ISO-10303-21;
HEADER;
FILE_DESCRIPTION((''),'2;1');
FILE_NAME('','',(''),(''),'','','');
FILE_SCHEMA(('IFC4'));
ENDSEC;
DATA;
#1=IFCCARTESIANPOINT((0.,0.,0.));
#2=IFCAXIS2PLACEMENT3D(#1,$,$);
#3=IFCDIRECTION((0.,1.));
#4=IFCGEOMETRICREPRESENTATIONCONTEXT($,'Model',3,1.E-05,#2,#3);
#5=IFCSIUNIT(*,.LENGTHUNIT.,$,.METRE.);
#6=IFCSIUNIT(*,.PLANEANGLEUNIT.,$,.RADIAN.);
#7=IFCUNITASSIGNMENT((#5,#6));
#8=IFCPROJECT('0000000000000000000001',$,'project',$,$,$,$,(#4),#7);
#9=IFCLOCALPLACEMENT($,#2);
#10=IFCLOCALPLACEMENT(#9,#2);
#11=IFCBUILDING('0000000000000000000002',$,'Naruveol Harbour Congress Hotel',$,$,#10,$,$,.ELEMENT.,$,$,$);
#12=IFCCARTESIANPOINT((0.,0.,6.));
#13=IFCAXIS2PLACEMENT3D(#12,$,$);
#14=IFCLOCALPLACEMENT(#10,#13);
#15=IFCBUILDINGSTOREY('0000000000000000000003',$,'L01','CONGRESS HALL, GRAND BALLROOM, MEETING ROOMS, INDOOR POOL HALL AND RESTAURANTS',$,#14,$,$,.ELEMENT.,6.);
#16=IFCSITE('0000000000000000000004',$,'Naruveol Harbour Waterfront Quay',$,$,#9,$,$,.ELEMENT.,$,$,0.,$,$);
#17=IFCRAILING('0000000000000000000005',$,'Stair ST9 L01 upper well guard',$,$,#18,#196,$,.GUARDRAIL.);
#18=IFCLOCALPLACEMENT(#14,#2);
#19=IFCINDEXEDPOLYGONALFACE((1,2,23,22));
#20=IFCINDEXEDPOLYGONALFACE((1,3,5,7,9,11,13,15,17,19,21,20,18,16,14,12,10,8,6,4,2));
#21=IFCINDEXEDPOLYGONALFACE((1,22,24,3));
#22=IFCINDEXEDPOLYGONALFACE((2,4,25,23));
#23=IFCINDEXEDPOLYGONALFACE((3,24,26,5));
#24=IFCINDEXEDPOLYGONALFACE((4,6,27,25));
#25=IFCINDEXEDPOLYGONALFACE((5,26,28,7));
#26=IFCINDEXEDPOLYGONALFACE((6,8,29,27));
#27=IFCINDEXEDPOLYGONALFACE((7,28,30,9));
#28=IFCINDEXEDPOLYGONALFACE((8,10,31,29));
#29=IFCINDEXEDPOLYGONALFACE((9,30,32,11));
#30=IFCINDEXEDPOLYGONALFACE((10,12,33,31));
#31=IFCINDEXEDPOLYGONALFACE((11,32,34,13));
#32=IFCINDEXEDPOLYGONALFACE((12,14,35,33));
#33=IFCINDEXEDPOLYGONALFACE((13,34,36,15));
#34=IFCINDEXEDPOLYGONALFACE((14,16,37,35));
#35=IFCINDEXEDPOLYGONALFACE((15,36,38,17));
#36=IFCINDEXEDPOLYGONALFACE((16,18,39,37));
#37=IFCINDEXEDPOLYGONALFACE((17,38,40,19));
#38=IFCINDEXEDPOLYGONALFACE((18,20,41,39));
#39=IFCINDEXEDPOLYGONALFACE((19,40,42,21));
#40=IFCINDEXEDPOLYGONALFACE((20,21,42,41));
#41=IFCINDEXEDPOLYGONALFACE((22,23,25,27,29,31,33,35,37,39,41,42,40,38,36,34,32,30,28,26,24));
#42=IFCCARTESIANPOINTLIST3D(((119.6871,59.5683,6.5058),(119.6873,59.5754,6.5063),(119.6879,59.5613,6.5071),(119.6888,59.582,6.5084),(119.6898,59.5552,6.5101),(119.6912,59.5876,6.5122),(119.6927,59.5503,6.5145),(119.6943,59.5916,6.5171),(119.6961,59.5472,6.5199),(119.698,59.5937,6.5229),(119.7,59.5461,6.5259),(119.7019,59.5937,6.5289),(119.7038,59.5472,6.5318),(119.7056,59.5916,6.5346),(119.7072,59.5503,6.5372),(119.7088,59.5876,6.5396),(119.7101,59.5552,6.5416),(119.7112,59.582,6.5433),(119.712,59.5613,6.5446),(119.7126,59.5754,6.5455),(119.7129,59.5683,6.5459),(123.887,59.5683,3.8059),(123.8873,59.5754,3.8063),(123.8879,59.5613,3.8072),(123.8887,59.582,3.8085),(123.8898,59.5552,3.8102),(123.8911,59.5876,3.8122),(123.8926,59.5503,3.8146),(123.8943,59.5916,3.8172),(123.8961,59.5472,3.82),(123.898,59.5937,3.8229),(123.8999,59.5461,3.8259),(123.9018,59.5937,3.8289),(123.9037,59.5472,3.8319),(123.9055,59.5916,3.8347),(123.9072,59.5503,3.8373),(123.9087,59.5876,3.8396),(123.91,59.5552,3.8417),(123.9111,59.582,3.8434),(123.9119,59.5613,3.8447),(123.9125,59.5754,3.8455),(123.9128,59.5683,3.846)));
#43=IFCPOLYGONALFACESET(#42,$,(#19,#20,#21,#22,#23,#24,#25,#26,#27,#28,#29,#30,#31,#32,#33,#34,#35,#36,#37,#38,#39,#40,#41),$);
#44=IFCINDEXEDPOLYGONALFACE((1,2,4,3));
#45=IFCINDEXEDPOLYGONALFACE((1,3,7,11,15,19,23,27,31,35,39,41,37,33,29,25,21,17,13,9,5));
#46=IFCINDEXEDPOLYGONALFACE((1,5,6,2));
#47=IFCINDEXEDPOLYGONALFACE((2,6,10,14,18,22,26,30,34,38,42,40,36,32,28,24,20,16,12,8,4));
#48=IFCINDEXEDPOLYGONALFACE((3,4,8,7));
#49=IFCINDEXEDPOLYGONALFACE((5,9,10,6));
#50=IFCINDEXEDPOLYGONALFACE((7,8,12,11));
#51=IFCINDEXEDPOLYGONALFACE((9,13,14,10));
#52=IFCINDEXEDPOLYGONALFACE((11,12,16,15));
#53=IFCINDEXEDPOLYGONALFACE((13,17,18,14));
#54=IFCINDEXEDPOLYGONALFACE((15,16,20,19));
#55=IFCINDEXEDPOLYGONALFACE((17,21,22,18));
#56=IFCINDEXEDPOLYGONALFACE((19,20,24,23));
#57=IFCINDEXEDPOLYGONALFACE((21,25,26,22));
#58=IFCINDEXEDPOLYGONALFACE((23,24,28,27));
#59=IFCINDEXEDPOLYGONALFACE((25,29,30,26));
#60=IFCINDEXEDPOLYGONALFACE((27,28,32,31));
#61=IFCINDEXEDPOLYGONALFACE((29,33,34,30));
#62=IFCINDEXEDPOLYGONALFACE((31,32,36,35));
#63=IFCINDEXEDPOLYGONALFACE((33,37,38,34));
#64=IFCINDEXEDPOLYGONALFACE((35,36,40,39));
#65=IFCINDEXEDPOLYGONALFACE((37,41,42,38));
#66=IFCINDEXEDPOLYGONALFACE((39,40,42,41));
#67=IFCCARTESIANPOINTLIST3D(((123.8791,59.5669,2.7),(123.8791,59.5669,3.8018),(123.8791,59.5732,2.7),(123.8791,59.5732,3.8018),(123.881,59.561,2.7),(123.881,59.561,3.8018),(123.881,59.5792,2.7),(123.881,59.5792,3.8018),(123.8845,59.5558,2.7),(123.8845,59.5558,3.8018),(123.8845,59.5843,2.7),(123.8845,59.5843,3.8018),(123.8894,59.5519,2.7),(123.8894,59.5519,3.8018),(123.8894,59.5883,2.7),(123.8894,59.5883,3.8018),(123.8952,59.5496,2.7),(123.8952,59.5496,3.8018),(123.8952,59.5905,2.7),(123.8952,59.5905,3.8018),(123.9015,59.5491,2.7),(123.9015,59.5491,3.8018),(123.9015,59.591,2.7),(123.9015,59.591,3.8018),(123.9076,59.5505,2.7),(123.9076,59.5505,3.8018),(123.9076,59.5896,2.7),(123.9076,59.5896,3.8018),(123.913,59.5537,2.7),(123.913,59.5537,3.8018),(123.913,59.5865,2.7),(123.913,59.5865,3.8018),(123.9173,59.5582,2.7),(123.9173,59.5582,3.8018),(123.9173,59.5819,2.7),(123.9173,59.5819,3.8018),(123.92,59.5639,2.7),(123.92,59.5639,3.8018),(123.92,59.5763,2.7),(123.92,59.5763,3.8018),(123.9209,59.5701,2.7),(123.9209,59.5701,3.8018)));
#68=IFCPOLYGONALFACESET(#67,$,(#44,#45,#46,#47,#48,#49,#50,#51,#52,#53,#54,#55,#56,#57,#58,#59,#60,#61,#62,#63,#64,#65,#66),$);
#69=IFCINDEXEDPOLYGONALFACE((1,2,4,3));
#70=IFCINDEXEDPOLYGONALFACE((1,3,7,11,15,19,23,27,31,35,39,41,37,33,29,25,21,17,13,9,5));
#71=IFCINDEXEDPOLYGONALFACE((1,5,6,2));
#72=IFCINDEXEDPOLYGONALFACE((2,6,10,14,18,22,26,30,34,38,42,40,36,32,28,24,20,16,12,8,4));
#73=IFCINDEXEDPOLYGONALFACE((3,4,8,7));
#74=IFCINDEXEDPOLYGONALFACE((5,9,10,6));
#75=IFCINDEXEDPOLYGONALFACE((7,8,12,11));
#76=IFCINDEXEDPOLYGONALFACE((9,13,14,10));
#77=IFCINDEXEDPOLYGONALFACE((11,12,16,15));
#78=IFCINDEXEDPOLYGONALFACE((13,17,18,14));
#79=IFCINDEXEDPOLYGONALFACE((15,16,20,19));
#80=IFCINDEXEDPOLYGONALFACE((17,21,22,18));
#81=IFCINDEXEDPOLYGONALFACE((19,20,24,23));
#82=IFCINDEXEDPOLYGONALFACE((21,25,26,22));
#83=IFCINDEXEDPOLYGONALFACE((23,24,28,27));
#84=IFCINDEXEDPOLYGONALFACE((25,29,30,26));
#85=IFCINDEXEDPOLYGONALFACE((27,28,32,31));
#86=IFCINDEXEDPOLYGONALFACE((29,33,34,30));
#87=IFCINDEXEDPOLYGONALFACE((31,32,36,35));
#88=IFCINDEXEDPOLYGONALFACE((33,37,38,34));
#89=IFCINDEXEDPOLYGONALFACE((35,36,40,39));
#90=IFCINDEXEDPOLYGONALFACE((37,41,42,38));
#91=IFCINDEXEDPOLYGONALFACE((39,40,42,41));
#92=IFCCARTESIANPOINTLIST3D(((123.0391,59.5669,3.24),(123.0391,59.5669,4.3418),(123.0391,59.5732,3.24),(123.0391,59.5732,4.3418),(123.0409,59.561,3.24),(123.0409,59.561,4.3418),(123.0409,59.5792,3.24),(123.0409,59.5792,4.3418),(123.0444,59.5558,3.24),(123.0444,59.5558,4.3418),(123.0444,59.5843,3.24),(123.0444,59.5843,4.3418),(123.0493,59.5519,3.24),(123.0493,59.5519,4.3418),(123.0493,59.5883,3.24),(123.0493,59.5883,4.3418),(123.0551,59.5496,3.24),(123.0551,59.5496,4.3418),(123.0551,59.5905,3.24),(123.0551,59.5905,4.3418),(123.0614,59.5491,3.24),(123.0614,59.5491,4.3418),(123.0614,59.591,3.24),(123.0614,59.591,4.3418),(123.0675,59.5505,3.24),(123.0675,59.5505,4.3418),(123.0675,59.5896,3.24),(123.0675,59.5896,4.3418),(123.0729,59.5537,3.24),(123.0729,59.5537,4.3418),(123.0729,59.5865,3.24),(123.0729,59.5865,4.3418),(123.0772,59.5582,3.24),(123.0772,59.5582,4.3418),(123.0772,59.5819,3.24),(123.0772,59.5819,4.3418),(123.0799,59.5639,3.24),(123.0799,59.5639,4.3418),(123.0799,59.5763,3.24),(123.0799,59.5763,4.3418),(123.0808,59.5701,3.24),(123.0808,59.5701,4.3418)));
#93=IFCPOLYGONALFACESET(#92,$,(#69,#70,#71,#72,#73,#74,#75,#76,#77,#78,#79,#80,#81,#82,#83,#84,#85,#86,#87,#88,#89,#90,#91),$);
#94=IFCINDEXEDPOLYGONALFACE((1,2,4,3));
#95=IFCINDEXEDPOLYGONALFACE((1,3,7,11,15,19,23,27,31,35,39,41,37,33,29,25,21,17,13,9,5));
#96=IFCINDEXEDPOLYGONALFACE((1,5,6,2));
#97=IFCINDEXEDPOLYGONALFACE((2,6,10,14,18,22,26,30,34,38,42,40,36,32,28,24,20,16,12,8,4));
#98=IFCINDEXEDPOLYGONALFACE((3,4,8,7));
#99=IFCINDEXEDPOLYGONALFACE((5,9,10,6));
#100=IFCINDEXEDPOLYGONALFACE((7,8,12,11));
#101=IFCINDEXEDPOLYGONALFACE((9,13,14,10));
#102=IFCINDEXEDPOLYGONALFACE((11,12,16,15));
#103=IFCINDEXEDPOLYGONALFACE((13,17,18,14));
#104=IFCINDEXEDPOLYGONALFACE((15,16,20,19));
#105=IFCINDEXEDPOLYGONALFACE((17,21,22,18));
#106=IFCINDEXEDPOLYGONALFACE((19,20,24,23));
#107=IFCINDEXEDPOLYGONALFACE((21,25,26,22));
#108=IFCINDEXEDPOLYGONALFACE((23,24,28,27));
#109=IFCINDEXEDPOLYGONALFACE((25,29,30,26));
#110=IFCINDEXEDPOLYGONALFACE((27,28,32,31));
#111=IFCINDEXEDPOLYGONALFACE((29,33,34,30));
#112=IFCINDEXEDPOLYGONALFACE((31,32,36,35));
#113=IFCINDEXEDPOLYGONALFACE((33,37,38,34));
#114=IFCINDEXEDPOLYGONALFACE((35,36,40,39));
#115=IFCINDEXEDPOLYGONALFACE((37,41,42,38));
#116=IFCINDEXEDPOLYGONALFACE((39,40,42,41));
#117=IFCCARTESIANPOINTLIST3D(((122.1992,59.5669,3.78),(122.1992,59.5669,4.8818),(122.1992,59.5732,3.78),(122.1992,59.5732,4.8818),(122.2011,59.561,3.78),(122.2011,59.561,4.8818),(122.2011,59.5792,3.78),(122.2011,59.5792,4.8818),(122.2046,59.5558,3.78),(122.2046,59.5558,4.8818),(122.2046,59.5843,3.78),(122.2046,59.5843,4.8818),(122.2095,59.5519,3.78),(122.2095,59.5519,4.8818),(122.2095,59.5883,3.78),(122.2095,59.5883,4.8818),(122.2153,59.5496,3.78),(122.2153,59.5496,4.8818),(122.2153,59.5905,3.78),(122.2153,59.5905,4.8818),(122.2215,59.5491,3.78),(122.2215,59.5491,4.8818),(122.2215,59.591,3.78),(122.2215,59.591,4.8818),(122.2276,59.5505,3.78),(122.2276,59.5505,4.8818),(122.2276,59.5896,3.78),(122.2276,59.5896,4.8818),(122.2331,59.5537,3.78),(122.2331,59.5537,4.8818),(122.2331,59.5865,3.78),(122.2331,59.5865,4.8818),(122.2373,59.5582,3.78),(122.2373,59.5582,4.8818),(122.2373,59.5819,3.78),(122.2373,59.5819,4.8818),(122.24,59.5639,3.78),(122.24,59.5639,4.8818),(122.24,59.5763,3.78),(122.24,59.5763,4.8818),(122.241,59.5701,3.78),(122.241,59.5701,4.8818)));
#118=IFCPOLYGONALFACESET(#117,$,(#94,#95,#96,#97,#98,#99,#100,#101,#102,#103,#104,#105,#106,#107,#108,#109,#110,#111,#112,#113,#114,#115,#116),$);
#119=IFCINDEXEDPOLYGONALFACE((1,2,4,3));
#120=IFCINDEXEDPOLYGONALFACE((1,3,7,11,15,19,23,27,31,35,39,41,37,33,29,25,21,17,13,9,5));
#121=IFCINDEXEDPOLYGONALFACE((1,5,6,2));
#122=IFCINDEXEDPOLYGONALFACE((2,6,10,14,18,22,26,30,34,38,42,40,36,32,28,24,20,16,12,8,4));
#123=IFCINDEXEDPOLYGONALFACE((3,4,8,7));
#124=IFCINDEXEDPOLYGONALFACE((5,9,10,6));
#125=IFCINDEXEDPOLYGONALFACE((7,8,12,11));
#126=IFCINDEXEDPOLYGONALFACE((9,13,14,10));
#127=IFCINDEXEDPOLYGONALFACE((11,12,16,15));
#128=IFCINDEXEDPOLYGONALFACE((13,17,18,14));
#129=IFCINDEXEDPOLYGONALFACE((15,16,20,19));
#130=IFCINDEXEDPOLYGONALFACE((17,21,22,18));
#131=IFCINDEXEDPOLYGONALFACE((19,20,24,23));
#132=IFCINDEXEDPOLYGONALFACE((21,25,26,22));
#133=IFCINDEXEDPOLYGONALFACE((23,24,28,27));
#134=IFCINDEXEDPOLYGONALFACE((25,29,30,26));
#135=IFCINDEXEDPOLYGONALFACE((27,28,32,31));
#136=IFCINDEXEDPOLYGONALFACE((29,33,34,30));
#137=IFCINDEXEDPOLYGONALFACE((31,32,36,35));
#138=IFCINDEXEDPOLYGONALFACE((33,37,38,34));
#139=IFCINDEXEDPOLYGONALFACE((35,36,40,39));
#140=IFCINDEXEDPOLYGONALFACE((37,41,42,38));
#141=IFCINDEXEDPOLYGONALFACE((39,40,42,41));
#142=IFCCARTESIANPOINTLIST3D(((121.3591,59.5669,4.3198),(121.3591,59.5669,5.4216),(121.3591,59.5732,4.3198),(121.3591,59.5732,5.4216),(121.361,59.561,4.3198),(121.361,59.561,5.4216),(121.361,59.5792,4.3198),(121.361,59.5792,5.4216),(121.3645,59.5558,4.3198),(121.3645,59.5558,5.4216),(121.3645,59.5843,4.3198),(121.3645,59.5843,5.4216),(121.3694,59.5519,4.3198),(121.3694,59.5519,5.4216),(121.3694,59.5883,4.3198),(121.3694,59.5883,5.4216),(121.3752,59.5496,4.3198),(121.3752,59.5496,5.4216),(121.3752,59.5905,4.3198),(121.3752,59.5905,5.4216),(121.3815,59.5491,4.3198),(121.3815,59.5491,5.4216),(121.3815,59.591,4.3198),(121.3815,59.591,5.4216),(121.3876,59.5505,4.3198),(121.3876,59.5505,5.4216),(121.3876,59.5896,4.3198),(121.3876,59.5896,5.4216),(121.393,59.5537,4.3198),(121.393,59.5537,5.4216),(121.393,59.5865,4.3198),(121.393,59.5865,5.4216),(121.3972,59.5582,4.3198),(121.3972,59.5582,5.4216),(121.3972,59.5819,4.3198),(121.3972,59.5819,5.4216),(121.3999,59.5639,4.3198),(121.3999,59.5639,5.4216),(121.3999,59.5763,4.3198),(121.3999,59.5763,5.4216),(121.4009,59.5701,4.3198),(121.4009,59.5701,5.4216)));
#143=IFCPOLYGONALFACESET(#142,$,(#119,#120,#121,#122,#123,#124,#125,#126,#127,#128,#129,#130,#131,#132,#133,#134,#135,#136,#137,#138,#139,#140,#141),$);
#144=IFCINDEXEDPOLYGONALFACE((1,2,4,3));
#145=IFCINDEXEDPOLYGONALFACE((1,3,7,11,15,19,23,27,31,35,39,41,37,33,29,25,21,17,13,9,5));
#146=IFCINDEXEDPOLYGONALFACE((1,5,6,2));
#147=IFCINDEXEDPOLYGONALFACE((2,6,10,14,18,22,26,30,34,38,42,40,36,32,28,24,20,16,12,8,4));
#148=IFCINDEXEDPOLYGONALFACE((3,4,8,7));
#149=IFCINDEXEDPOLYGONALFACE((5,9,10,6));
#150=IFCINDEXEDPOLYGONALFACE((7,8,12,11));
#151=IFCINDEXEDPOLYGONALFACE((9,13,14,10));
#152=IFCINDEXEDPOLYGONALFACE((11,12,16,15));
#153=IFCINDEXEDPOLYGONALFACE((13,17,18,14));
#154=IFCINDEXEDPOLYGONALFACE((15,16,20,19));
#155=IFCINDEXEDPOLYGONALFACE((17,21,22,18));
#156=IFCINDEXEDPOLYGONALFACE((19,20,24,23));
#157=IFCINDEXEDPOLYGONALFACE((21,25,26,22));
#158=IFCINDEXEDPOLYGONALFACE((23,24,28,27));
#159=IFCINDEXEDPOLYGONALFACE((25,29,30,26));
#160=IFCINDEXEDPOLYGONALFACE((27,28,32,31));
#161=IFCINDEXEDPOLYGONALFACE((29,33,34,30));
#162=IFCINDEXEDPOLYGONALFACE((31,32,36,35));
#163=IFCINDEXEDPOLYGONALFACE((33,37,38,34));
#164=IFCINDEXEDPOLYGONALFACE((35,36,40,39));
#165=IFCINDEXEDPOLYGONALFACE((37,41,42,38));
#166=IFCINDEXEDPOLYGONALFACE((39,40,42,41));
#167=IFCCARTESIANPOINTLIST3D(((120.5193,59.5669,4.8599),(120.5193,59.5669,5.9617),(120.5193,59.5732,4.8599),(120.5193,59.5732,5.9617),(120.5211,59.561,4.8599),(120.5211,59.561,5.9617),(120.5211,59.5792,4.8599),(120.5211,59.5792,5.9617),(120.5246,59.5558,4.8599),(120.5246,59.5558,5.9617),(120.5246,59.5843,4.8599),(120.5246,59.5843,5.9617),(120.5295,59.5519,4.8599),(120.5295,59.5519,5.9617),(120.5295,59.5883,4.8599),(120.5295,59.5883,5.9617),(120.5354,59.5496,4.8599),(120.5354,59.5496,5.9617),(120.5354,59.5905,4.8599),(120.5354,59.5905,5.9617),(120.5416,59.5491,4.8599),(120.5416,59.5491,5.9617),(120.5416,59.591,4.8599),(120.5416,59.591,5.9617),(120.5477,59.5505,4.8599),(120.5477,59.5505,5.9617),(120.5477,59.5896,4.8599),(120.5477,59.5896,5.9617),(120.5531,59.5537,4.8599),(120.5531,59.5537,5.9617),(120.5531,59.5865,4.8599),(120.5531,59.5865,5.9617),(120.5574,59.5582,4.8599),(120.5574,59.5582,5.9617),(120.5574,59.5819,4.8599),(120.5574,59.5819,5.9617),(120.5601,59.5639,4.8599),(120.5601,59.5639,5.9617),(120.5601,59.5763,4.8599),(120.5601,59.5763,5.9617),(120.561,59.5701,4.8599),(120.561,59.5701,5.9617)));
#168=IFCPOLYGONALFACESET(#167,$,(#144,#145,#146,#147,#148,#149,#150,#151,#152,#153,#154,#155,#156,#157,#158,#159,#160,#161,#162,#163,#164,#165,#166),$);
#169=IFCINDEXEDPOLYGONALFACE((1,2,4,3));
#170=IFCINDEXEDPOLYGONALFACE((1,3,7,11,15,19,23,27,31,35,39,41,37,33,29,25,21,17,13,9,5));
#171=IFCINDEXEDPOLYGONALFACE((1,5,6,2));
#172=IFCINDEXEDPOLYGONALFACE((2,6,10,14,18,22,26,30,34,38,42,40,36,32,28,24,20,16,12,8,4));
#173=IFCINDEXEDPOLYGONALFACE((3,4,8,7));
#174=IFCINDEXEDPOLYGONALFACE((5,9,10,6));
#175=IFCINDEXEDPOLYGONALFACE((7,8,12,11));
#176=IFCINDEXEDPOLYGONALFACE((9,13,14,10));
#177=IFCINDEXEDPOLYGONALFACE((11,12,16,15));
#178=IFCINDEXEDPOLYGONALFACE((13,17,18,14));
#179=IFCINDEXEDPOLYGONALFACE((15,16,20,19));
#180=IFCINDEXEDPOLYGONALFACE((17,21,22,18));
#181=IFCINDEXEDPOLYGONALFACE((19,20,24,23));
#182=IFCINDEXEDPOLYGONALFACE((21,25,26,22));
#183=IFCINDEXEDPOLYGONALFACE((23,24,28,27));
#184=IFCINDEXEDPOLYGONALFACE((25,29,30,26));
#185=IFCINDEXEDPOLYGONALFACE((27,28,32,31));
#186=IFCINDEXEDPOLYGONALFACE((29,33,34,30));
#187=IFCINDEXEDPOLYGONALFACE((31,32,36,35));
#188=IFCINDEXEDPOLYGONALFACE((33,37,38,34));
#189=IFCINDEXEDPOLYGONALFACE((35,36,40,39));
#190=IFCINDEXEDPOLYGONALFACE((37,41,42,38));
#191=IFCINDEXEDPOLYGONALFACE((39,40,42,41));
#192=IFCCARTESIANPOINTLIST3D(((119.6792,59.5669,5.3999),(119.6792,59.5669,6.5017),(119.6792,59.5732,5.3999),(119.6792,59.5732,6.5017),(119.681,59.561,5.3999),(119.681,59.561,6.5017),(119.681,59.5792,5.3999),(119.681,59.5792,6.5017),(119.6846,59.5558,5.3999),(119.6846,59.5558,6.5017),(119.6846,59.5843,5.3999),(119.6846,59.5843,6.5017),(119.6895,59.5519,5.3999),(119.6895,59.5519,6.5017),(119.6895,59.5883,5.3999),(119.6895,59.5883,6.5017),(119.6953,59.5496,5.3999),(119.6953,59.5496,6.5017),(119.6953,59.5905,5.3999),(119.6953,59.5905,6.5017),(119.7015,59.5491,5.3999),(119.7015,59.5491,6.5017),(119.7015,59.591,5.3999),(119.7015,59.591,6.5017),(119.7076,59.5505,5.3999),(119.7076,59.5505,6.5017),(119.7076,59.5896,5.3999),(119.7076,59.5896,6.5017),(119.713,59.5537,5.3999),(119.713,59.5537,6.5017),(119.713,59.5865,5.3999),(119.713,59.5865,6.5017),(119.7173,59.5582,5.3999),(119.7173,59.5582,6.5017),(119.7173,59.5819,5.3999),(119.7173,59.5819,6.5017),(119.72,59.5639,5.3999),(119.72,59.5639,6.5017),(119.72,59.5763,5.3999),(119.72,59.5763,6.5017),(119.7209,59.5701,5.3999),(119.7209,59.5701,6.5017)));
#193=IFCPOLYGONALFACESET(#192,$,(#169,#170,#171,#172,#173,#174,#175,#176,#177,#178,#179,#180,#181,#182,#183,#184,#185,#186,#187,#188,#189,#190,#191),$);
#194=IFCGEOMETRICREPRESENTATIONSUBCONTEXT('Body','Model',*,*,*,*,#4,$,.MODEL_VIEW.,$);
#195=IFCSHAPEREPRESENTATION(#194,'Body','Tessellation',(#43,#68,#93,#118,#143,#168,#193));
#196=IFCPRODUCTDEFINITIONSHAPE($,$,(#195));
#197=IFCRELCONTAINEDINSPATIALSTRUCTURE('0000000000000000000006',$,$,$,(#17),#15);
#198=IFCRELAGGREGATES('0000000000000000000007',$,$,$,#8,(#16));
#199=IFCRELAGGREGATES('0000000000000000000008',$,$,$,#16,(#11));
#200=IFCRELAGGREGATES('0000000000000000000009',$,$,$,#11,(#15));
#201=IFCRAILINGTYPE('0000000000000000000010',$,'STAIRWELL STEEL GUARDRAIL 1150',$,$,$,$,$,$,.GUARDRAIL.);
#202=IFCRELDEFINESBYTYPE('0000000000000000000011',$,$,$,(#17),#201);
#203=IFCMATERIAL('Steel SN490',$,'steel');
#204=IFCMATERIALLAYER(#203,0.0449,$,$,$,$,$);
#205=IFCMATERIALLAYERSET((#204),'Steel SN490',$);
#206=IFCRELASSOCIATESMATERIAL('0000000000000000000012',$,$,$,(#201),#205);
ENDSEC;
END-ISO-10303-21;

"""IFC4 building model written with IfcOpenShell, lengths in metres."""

from ifc_helpers import new_model, si_unit, direction, frame, origin, origin_2d, place, context, subcontext, project, spatial, circle, extrude, material, layer, layer_set, type_object, element, save


model = new_model("IFC4")

# Units and contexts
model_context = context("Model", 3, precision=1e-05, world=origin(), true_north=direction((0.0, 1.0)))
body_context = subcontext(model_context, "Body", "Model", "MODEL_VIEW")
ifc_project = project(units=[si_unit("LENGTHUNIT", "METRE"), si_unit("PLANEANGLEUNIT", "RADIAN")], contexts=[model_context])

# Site, building, storey
site_placement = place(None, origin())
site = spatial("IfcSite", under=ifc_project, at=site_placement, Name="Naruveol Harbour Waterfront Quay", CompositionType="ELEMENT", RefElevation=0.0)
building_placement = place(site_placement, origin())
building = spatial("IfcBuilding", under=site, at=building_placement, Name="Naruveol Harbour Congress Hotel", CompositionType="ELEMENT")
storey_placement = place(building_placement, frame((0.0, 0.0, 6.0)))
storey = spatial("IfcBuildingStorey", under=building, at=storey_placement, Name="L01", Description="CONGRESS HALL, GRAND BALLROOM, MEETING ROOMS, INDOOR POOL HALL AND RESTAURANTS", CompositionType="ELEMENT", Elevation=6.0)

# Railing
ifc_material_1 = material(Name="Steel SN490", Category="steel")
ifc_layer_1 = layer(ifc_material_1, 0.0449)
ifc_layer_set_1 = layer_set([ifc_layer_1], Name="Steel SN490")
railing_type_1 = type_object("IfcRailingType", Name="STAIRWELL STEEL GUARDRAIL 1150", PredefinedType="GUARDRAIL", material=ifc_layer_set_1)
railing_1_placement = place(storey_placement, frame((123.8999, 59.5701, 2.7)))
element("IfcRailing", 1, at=railing_1_placement, inside=storey, type_object=railing_type_1, Name="Stair ST9 L01 upper well guard", PredefinedType="GUARDRAIL", context=body_context, shape_type="SweptSolid", body=[
    extrude(circle(Radius=0.0239, at=origin_2d()), frame((0.0, 0.0, 1.126), z_axis=(-0.84118, 0.0, 0.540755), x_axis=(0.0, -1.0, 0.0)), (0.0, 0.0, 1.0), 4.9929),
    extrude(circle(Radius=0.021, at=origin_2d()), origin(), (0.0, 0.0, 1.0), 1.1018),
    extrude(circle(Radius=0.021, at=origin_2d()), frame((-0.8401, 0.0, 0.54)), (0.0, 0.0, 1.0), 1.1018),
    extrude(circle(Radius=0.021, at=origin_2d()), frame((-1.6799, 0.0, 1.0801)), (0.0, 0.0, 1.0), 1.1018),
    extrude(circle(Radius=0.021, at=origin_2d()), frame((-2.52, 0.0, 1.6199)), (0.0, 0.0, 1.0), 1.1018),
    extrude(circle(Radius=0.021, at=origin_2d()), frame((-3.3599, 0.0, 2.1599)), (0.0, 0.0, 1.0), 1.1018),
    extrude(circle(Radius=0.021, at=origin_2d()), frame((-4.2, 0.0, 2.7)), (0.0, 0.0, 1.0), 1.1018),
])

save(model, "model.ifc")
